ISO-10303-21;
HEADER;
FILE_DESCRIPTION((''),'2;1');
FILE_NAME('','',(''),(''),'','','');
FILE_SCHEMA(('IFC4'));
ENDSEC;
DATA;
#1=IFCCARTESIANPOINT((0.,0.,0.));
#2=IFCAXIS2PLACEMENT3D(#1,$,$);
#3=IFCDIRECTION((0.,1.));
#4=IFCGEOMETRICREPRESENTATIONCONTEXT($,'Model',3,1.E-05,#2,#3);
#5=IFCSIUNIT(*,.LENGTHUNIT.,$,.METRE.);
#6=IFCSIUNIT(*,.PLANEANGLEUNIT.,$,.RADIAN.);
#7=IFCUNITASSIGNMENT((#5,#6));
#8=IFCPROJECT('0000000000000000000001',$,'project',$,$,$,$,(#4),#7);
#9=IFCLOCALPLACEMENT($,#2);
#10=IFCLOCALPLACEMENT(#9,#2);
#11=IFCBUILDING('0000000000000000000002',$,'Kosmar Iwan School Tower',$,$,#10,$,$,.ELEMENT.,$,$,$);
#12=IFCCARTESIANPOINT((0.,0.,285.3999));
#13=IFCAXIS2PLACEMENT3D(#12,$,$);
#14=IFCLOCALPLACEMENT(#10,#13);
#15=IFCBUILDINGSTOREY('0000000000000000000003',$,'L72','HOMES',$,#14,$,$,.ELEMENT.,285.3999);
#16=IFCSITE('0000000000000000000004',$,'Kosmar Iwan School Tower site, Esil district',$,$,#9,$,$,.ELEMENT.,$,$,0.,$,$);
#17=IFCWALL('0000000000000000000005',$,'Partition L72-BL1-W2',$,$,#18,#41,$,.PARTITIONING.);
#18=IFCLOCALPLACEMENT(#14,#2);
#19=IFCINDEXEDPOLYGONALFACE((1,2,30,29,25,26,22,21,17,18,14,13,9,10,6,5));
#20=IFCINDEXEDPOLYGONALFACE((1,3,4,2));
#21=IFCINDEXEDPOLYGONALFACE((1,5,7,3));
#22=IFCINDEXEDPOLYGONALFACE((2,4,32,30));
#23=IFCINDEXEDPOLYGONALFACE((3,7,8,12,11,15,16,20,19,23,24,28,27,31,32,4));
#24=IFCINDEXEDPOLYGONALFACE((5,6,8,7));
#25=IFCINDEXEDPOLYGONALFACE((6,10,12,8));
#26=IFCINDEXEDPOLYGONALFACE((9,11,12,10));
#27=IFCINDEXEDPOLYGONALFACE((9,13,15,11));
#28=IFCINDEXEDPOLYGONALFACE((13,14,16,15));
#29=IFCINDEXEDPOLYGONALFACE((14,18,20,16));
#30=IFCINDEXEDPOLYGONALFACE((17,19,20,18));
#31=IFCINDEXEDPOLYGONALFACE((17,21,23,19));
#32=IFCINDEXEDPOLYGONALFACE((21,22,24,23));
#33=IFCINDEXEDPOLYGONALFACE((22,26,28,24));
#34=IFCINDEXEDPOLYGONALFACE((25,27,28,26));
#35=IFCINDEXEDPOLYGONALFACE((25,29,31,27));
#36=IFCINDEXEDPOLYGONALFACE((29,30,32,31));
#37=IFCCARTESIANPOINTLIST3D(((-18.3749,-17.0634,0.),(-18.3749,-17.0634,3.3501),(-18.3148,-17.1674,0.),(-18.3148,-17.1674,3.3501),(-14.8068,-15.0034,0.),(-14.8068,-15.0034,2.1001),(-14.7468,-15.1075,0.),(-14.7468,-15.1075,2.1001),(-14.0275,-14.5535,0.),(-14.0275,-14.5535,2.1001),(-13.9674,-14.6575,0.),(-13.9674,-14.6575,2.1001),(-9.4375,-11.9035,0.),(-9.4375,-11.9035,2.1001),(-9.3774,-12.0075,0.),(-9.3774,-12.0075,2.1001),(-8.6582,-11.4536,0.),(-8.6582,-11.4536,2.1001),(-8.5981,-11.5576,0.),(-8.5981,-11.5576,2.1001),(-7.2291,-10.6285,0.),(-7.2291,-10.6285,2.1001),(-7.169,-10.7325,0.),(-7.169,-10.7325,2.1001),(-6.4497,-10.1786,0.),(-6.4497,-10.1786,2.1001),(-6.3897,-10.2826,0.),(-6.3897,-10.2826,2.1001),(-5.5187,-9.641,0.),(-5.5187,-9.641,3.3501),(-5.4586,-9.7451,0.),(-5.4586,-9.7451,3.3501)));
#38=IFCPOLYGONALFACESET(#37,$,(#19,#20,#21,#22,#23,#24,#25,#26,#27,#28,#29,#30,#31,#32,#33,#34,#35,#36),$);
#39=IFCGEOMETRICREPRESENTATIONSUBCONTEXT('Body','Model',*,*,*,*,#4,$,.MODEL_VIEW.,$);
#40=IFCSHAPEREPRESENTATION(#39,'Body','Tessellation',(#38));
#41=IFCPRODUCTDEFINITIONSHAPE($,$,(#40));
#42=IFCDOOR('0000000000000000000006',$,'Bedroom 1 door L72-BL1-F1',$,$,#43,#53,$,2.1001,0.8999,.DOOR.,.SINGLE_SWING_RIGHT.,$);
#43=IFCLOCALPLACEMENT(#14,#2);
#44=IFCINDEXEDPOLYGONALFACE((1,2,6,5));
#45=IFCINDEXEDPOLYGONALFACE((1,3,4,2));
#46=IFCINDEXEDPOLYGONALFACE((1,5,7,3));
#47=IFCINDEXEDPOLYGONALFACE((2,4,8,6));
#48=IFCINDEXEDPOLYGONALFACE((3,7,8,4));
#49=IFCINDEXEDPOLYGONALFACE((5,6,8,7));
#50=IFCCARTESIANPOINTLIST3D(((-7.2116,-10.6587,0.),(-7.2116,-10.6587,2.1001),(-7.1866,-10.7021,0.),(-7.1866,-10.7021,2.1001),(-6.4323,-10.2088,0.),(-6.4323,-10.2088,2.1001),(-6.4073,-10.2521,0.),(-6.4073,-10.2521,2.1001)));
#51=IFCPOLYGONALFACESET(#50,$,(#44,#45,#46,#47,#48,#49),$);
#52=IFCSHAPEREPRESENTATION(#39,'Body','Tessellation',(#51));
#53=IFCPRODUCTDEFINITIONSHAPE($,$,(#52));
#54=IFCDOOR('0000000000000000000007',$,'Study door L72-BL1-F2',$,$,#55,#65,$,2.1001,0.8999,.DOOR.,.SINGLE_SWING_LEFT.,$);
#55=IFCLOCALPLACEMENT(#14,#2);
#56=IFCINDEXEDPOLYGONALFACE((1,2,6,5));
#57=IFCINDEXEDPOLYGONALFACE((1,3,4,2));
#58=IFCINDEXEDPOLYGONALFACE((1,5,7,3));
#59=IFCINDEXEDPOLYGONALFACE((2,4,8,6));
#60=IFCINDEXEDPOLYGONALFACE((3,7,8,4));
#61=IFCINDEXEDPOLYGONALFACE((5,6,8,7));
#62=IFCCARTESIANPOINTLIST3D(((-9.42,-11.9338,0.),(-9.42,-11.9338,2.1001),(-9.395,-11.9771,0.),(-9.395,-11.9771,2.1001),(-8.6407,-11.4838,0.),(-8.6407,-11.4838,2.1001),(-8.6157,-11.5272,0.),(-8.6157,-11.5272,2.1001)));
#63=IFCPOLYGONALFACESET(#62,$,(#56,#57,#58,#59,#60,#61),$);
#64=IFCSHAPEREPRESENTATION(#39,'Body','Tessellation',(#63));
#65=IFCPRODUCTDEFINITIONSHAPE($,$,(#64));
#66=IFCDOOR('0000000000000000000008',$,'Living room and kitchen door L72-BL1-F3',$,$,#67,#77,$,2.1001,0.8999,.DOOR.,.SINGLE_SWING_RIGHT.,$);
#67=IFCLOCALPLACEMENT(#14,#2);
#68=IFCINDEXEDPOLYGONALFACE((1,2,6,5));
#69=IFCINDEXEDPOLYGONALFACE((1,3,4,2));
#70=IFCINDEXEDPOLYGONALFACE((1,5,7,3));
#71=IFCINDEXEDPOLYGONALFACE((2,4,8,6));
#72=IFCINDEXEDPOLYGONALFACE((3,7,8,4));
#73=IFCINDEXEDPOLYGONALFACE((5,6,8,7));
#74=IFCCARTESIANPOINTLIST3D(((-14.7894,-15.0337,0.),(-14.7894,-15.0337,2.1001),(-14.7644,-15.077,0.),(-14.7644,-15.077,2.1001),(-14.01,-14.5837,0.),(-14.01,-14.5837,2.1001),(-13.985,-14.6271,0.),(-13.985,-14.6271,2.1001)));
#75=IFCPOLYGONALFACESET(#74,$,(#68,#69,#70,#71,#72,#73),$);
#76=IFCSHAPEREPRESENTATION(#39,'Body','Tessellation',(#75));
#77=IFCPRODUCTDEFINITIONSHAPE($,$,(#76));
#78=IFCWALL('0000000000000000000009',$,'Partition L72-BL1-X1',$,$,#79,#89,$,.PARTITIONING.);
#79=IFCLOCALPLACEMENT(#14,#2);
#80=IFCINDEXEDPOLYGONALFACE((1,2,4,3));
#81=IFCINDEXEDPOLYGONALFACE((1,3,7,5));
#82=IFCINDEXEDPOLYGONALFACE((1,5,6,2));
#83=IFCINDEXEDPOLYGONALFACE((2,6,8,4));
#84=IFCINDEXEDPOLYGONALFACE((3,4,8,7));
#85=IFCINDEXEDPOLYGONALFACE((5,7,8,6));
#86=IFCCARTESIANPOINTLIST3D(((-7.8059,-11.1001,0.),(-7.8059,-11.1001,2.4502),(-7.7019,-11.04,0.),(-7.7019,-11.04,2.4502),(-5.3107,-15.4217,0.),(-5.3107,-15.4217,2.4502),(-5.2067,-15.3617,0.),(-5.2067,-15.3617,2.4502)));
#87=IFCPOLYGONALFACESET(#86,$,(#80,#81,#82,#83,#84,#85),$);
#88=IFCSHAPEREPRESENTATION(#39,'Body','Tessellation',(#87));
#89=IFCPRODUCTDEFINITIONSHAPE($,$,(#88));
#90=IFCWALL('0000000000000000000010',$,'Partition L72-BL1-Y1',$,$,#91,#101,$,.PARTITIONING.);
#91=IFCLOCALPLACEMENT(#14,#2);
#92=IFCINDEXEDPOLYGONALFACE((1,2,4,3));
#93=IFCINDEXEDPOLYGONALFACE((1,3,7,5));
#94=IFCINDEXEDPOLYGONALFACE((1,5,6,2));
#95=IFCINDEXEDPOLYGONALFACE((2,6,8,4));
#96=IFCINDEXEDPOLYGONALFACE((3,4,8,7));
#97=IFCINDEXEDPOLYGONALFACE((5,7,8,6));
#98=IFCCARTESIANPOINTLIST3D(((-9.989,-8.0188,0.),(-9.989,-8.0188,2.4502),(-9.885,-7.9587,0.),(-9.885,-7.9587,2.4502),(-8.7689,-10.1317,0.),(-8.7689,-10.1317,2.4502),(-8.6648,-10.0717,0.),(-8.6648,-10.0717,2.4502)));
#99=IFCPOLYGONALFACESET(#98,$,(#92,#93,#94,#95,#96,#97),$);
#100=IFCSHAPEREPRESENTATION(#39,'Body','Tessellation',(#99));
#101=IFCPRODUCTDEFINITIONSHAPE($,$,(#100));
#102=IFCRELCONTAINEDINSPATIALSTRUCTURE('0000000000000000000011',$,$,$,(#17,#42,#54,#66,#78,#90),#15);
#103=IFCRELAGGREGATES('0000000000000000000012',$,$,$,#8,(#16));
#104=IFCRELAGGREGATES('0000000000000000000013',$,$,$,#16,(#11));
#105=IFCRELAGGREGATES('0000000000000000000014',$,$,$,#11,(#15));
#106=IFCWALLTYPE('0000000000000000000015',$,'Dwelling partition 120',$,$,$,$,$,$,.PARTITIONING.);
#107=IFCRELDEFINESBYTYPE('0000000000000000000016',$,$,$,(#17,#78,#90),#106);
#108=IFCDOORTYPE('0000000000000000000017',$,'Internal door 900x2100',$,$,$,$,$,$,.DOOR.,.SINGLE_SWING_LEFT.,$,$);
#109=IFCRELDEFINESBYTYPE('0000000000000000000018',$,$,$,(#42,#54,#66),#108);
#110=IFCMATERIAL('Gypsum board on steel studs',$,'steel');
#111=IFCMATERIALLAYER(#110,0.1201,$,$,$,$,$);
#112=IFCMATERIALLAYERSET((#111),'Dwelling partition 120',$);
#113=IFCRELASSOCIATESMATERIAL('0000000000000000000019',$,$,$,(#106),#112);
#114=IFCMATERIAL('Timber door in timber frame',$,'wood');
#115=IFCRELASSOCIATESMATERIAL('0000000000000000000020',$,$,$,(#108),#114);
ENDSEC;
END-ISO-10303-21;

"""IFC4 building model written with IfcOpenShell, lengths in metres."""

from ifc_helpers import new_model, si_unit, direction, frame, frame_2d, origin, place, context, subcontext, project, spatial, rectangle, extrude, material, layer, layer_set, type_object, element, fill, save


model = new_model("IFC4")

# Units and contexts
model_context = context("Model", 3, precision=1e-05, world=origin(), true_north=direction((0.0, 1.0)))
body_context = subcontext(model_context, "Body", "Model", "MODEL_VIEW")
ifc_project = project(units=[si_unit("LENGTHUNIT", "METRE"), si_unit("PLANEANGLEUNIT", "RADIAN")], contexts=[model_context])

# Site, building, storey
site_placement = place(None, origin())
site = spatial("IfcSite", under=ifc_project, at=site_placement, Name="Kosmar Iwan School Tower site, Esil district", CompositionType="ELEMENT", RefElevation=0.0)
building_placement = place(site_placement, origin())
building = spatial("IfcBuilding", under=site, at=building_placement, Name="Kosmar Iwan School Tower", CompositionType="ELEMENT")
storey_placement = place(building_placement, frame((0.0, 0.0, 285.3999)))
storey = spatial("IfcBuildingStorey", under=building, at=storey_placement, Name="L72", Description="HOMES", CompositionType="ELEMENT", Elevation=285.3999)

# Wall, openings, doors
ifc_material_1 = material(Name="Gypsum board on steel studs", Category="steel")
ifc_layer_1 = layer(ifc_material_1, 0.1201)
ifc_layer_set_1 = layer_set([ifc_layer_1], Name="Dwelling partition 120")
wall_type_1 = type_object("IfcWallType", Name="Dwelling partition 120", PredefinedType="PARTITIONING", material=ifc_layer_set_1)
ifc_material_2 = material(Name="Timber door in timber frame", Category="wood")
door_type_1 = type_object("IfcDoorType", Name="Internal door 900x2100", OperationType="SINGLE_SWING_LEFT", PredefinedType="DOOR", material=ifc_material_2)
wall_1_placement = place(storey_placement, frame((-5.4888, -9.6931, 0.0), z_axis=(0.0, 0.0, 1.0), x_axis=(-0.86603, -0.499992, 0.0)))
wall_1 = element("IfcWall", 1, at=wall_1_placement, inside=storey, type_object=wall_type_1, Name="Partition L72-BL1-W2", PredefinedType="PARTITIONING", context=body_context, shape_type="SweptSolid", body=[
    extrude(rectangle(XDim=14.845, YDim=0.1201, at=frame_2d((7.4224, 0.0))), origin(), (0.0, 0.0, 1.0), 3.3501),
])
opening_1_placement = place(wall_1_placement, frame((1.075, 0.0, 0.0)))
opening_1 = element("IfcOpeningElement", 2, at=opening_1_placement, cuts=wall_1, PredefinedType="OPENING", context=body_context, shape_type="SweptSolid", body=[
    extrude(rectangle(XDim=0.8999, YDim=2.1001, at=frame_2d((0.45, 1.05))), frame((0.0, 0.072, 0.0), z_axis=(0.0, -1.0, 0.0), x_axis=(1.0, 0.0, 0.0)), (0.0, 0.0, 1.0), 0.144),
])
opening_2_placement = place(wall_1_placement, frame((3.625, 0.0, 0.0)))
opening_2 = element("IfcOpeningElement", 3, at=opening_2_placement, cuts=wall_1, PredefinedType="OPENING", context=body_context, shape_type="SweptSolid", body=[
    extrude(rectangle(XDim=0.8999, YDim=2.1001, at=frame_2d((0.45, 1.05))), frame((0.0, 0.072, 0.0), z_axis=(0.0, -1.0, 0.0), x_axis=(1.0, 0.0, 0.0)), (0.0, 0.0, 1.0), 0.144),
])
opening_3_placement = place(wall_1_placement, frame((9.825, 0.0, 0.0)))
opening_3 = element("IfcOpeningElement", 4, at=opening_3_placement, cuts=wall_1, PredefinedType="OPENING", context=body_context, shape_type="SweptSolid", body=[
    extrude(rectangle(XDim=0.8999, YDim=2.1001, at=frame_2d((0.45, 1.05))), frame((0.0, 0.072, 0.0), z_axis=(0.0, -1.0, 0.0), x_axis=(1.0, 0.0, 0.0)), (0.0, 0.0, 1.0), 0.144),
])
door_1_placement = place(opening_1_placement, origin())
door_1 = element("IfcDoor", 5, at=door_1_placement, inside=storey, type_object=door_type_1, Name="Bedroom 1 door L72-BL1-F1", OperationType="SINGLE_SWING_RIGHT", OverallHeight=2.1001, OverallWidth=0.8999, PredefinedType="DOOR", context=body_context, shape_type="SweptSolid", body=[
    extrude(rectangle(XDim=0.8999, YDim=2.1001, at=frame_2d((0.45, 1.05))), frame((0.0, 0.0249, 0.0), z_axis=(0.0, -1.0, 0.0), x_axis=(1.0, 0.0, 0.0)), (0.0, 0.0, 1.0), 0.05),
])
fill(opening_1, door_1)
door_2_placement = place(opening_2_placement, origin())
door_2 = element("IfcDoor", 6, at=door_2_placement, inside=storey, type_object=door_type_1, Name="Study door L72-BL1-F2", OperationType="SINGLE_SWING_LEFT", OverallHeight=2.1001, OverallWidth=0.8999, PredefinedType="DOOR", context=body_context, shape_type="SweptSolid", body=[
    extrude(rectangle(XDim=0.8999, YDim=2.1001, at=frame_2d((0.45, 1.05))), frame((0.0, 0.0249, 0.0), z_axis=(0.0, -1.0, 0.0), x_axis=(1.0, 0.0, 0.0)), (0.0, 0.0, 1.0), 0.05),
])
fill(opening_2, door_2)
door_3_placement = place(opening_3_placement, origin())
door_3 = element("IfcDoor", 7, at=door_3_placement, inside=storey, type_object=door_type_1, Name="Living room and kitchen door L72-BL1-F3", OperationType="SINGLE_SWING_RIGHT", OverallHeight=2.1001, OverallWidth=0.8999, PredefinedType="DOOR", context=body_context, shape_type="SweptSolid", body=[
    extrude(rectangle(XDim=0.8999, YDim=2.1001, at=frame_2d((0.45, 1.05))), frame((0.0, 0.0249, 0.0), z_axis=(0.0, -1.0, 0.0), x_axis=(1.0, 0.0, 0.0)), (0.0, 0.0, 1.0), 0.05),
])
fill(opening_3, door_3)

# Walls
wall_2_placement = place(storey_placement, frame((-7.7539, -11.0701, 0.0), z_axis=(0.0, 0.0, 1.0), x_axis=(0.500012, -0.866019, 0.0)))
element("IfcWall", 8, at=wall_2_placement, inside=storey, type_object=wall_type_1, Name="Partition L72-BL1-X1", PredefinedType="PARTITIONING", context=body_context, shape_type="SweptSolid", body=[
    extrude(rectangle(XDim=4.9902, YDim=0.1201, at=frame_2d((2.4951, 0.0))), origin(), (0.0, 0.0, 1.0), 2.4502),
])
wall_3_placement = place(storey_placement, frame((-9.937, -7.9888, 0.0), z_axis=(0.0, 0.0, 1.0), x_axis=(0.500078, -0.865981, 0.0)))
element("IfcWall", 9, at=wall_3_placement, inside=storey, type_object=wall_type_1, Name="Partition L72-BL1-Y1", PredefinedType="PARTITIONING", context=body_context, shape_type="SweptSolid", body=[
    extrude(rectangle(XDim=2.4399, YDim=0.1201, at=frame_2d((1.22, 0.0))), origin(), (0.0, 0.0, 1.0), 2.4502),
])

save(model, "model.ifc")
